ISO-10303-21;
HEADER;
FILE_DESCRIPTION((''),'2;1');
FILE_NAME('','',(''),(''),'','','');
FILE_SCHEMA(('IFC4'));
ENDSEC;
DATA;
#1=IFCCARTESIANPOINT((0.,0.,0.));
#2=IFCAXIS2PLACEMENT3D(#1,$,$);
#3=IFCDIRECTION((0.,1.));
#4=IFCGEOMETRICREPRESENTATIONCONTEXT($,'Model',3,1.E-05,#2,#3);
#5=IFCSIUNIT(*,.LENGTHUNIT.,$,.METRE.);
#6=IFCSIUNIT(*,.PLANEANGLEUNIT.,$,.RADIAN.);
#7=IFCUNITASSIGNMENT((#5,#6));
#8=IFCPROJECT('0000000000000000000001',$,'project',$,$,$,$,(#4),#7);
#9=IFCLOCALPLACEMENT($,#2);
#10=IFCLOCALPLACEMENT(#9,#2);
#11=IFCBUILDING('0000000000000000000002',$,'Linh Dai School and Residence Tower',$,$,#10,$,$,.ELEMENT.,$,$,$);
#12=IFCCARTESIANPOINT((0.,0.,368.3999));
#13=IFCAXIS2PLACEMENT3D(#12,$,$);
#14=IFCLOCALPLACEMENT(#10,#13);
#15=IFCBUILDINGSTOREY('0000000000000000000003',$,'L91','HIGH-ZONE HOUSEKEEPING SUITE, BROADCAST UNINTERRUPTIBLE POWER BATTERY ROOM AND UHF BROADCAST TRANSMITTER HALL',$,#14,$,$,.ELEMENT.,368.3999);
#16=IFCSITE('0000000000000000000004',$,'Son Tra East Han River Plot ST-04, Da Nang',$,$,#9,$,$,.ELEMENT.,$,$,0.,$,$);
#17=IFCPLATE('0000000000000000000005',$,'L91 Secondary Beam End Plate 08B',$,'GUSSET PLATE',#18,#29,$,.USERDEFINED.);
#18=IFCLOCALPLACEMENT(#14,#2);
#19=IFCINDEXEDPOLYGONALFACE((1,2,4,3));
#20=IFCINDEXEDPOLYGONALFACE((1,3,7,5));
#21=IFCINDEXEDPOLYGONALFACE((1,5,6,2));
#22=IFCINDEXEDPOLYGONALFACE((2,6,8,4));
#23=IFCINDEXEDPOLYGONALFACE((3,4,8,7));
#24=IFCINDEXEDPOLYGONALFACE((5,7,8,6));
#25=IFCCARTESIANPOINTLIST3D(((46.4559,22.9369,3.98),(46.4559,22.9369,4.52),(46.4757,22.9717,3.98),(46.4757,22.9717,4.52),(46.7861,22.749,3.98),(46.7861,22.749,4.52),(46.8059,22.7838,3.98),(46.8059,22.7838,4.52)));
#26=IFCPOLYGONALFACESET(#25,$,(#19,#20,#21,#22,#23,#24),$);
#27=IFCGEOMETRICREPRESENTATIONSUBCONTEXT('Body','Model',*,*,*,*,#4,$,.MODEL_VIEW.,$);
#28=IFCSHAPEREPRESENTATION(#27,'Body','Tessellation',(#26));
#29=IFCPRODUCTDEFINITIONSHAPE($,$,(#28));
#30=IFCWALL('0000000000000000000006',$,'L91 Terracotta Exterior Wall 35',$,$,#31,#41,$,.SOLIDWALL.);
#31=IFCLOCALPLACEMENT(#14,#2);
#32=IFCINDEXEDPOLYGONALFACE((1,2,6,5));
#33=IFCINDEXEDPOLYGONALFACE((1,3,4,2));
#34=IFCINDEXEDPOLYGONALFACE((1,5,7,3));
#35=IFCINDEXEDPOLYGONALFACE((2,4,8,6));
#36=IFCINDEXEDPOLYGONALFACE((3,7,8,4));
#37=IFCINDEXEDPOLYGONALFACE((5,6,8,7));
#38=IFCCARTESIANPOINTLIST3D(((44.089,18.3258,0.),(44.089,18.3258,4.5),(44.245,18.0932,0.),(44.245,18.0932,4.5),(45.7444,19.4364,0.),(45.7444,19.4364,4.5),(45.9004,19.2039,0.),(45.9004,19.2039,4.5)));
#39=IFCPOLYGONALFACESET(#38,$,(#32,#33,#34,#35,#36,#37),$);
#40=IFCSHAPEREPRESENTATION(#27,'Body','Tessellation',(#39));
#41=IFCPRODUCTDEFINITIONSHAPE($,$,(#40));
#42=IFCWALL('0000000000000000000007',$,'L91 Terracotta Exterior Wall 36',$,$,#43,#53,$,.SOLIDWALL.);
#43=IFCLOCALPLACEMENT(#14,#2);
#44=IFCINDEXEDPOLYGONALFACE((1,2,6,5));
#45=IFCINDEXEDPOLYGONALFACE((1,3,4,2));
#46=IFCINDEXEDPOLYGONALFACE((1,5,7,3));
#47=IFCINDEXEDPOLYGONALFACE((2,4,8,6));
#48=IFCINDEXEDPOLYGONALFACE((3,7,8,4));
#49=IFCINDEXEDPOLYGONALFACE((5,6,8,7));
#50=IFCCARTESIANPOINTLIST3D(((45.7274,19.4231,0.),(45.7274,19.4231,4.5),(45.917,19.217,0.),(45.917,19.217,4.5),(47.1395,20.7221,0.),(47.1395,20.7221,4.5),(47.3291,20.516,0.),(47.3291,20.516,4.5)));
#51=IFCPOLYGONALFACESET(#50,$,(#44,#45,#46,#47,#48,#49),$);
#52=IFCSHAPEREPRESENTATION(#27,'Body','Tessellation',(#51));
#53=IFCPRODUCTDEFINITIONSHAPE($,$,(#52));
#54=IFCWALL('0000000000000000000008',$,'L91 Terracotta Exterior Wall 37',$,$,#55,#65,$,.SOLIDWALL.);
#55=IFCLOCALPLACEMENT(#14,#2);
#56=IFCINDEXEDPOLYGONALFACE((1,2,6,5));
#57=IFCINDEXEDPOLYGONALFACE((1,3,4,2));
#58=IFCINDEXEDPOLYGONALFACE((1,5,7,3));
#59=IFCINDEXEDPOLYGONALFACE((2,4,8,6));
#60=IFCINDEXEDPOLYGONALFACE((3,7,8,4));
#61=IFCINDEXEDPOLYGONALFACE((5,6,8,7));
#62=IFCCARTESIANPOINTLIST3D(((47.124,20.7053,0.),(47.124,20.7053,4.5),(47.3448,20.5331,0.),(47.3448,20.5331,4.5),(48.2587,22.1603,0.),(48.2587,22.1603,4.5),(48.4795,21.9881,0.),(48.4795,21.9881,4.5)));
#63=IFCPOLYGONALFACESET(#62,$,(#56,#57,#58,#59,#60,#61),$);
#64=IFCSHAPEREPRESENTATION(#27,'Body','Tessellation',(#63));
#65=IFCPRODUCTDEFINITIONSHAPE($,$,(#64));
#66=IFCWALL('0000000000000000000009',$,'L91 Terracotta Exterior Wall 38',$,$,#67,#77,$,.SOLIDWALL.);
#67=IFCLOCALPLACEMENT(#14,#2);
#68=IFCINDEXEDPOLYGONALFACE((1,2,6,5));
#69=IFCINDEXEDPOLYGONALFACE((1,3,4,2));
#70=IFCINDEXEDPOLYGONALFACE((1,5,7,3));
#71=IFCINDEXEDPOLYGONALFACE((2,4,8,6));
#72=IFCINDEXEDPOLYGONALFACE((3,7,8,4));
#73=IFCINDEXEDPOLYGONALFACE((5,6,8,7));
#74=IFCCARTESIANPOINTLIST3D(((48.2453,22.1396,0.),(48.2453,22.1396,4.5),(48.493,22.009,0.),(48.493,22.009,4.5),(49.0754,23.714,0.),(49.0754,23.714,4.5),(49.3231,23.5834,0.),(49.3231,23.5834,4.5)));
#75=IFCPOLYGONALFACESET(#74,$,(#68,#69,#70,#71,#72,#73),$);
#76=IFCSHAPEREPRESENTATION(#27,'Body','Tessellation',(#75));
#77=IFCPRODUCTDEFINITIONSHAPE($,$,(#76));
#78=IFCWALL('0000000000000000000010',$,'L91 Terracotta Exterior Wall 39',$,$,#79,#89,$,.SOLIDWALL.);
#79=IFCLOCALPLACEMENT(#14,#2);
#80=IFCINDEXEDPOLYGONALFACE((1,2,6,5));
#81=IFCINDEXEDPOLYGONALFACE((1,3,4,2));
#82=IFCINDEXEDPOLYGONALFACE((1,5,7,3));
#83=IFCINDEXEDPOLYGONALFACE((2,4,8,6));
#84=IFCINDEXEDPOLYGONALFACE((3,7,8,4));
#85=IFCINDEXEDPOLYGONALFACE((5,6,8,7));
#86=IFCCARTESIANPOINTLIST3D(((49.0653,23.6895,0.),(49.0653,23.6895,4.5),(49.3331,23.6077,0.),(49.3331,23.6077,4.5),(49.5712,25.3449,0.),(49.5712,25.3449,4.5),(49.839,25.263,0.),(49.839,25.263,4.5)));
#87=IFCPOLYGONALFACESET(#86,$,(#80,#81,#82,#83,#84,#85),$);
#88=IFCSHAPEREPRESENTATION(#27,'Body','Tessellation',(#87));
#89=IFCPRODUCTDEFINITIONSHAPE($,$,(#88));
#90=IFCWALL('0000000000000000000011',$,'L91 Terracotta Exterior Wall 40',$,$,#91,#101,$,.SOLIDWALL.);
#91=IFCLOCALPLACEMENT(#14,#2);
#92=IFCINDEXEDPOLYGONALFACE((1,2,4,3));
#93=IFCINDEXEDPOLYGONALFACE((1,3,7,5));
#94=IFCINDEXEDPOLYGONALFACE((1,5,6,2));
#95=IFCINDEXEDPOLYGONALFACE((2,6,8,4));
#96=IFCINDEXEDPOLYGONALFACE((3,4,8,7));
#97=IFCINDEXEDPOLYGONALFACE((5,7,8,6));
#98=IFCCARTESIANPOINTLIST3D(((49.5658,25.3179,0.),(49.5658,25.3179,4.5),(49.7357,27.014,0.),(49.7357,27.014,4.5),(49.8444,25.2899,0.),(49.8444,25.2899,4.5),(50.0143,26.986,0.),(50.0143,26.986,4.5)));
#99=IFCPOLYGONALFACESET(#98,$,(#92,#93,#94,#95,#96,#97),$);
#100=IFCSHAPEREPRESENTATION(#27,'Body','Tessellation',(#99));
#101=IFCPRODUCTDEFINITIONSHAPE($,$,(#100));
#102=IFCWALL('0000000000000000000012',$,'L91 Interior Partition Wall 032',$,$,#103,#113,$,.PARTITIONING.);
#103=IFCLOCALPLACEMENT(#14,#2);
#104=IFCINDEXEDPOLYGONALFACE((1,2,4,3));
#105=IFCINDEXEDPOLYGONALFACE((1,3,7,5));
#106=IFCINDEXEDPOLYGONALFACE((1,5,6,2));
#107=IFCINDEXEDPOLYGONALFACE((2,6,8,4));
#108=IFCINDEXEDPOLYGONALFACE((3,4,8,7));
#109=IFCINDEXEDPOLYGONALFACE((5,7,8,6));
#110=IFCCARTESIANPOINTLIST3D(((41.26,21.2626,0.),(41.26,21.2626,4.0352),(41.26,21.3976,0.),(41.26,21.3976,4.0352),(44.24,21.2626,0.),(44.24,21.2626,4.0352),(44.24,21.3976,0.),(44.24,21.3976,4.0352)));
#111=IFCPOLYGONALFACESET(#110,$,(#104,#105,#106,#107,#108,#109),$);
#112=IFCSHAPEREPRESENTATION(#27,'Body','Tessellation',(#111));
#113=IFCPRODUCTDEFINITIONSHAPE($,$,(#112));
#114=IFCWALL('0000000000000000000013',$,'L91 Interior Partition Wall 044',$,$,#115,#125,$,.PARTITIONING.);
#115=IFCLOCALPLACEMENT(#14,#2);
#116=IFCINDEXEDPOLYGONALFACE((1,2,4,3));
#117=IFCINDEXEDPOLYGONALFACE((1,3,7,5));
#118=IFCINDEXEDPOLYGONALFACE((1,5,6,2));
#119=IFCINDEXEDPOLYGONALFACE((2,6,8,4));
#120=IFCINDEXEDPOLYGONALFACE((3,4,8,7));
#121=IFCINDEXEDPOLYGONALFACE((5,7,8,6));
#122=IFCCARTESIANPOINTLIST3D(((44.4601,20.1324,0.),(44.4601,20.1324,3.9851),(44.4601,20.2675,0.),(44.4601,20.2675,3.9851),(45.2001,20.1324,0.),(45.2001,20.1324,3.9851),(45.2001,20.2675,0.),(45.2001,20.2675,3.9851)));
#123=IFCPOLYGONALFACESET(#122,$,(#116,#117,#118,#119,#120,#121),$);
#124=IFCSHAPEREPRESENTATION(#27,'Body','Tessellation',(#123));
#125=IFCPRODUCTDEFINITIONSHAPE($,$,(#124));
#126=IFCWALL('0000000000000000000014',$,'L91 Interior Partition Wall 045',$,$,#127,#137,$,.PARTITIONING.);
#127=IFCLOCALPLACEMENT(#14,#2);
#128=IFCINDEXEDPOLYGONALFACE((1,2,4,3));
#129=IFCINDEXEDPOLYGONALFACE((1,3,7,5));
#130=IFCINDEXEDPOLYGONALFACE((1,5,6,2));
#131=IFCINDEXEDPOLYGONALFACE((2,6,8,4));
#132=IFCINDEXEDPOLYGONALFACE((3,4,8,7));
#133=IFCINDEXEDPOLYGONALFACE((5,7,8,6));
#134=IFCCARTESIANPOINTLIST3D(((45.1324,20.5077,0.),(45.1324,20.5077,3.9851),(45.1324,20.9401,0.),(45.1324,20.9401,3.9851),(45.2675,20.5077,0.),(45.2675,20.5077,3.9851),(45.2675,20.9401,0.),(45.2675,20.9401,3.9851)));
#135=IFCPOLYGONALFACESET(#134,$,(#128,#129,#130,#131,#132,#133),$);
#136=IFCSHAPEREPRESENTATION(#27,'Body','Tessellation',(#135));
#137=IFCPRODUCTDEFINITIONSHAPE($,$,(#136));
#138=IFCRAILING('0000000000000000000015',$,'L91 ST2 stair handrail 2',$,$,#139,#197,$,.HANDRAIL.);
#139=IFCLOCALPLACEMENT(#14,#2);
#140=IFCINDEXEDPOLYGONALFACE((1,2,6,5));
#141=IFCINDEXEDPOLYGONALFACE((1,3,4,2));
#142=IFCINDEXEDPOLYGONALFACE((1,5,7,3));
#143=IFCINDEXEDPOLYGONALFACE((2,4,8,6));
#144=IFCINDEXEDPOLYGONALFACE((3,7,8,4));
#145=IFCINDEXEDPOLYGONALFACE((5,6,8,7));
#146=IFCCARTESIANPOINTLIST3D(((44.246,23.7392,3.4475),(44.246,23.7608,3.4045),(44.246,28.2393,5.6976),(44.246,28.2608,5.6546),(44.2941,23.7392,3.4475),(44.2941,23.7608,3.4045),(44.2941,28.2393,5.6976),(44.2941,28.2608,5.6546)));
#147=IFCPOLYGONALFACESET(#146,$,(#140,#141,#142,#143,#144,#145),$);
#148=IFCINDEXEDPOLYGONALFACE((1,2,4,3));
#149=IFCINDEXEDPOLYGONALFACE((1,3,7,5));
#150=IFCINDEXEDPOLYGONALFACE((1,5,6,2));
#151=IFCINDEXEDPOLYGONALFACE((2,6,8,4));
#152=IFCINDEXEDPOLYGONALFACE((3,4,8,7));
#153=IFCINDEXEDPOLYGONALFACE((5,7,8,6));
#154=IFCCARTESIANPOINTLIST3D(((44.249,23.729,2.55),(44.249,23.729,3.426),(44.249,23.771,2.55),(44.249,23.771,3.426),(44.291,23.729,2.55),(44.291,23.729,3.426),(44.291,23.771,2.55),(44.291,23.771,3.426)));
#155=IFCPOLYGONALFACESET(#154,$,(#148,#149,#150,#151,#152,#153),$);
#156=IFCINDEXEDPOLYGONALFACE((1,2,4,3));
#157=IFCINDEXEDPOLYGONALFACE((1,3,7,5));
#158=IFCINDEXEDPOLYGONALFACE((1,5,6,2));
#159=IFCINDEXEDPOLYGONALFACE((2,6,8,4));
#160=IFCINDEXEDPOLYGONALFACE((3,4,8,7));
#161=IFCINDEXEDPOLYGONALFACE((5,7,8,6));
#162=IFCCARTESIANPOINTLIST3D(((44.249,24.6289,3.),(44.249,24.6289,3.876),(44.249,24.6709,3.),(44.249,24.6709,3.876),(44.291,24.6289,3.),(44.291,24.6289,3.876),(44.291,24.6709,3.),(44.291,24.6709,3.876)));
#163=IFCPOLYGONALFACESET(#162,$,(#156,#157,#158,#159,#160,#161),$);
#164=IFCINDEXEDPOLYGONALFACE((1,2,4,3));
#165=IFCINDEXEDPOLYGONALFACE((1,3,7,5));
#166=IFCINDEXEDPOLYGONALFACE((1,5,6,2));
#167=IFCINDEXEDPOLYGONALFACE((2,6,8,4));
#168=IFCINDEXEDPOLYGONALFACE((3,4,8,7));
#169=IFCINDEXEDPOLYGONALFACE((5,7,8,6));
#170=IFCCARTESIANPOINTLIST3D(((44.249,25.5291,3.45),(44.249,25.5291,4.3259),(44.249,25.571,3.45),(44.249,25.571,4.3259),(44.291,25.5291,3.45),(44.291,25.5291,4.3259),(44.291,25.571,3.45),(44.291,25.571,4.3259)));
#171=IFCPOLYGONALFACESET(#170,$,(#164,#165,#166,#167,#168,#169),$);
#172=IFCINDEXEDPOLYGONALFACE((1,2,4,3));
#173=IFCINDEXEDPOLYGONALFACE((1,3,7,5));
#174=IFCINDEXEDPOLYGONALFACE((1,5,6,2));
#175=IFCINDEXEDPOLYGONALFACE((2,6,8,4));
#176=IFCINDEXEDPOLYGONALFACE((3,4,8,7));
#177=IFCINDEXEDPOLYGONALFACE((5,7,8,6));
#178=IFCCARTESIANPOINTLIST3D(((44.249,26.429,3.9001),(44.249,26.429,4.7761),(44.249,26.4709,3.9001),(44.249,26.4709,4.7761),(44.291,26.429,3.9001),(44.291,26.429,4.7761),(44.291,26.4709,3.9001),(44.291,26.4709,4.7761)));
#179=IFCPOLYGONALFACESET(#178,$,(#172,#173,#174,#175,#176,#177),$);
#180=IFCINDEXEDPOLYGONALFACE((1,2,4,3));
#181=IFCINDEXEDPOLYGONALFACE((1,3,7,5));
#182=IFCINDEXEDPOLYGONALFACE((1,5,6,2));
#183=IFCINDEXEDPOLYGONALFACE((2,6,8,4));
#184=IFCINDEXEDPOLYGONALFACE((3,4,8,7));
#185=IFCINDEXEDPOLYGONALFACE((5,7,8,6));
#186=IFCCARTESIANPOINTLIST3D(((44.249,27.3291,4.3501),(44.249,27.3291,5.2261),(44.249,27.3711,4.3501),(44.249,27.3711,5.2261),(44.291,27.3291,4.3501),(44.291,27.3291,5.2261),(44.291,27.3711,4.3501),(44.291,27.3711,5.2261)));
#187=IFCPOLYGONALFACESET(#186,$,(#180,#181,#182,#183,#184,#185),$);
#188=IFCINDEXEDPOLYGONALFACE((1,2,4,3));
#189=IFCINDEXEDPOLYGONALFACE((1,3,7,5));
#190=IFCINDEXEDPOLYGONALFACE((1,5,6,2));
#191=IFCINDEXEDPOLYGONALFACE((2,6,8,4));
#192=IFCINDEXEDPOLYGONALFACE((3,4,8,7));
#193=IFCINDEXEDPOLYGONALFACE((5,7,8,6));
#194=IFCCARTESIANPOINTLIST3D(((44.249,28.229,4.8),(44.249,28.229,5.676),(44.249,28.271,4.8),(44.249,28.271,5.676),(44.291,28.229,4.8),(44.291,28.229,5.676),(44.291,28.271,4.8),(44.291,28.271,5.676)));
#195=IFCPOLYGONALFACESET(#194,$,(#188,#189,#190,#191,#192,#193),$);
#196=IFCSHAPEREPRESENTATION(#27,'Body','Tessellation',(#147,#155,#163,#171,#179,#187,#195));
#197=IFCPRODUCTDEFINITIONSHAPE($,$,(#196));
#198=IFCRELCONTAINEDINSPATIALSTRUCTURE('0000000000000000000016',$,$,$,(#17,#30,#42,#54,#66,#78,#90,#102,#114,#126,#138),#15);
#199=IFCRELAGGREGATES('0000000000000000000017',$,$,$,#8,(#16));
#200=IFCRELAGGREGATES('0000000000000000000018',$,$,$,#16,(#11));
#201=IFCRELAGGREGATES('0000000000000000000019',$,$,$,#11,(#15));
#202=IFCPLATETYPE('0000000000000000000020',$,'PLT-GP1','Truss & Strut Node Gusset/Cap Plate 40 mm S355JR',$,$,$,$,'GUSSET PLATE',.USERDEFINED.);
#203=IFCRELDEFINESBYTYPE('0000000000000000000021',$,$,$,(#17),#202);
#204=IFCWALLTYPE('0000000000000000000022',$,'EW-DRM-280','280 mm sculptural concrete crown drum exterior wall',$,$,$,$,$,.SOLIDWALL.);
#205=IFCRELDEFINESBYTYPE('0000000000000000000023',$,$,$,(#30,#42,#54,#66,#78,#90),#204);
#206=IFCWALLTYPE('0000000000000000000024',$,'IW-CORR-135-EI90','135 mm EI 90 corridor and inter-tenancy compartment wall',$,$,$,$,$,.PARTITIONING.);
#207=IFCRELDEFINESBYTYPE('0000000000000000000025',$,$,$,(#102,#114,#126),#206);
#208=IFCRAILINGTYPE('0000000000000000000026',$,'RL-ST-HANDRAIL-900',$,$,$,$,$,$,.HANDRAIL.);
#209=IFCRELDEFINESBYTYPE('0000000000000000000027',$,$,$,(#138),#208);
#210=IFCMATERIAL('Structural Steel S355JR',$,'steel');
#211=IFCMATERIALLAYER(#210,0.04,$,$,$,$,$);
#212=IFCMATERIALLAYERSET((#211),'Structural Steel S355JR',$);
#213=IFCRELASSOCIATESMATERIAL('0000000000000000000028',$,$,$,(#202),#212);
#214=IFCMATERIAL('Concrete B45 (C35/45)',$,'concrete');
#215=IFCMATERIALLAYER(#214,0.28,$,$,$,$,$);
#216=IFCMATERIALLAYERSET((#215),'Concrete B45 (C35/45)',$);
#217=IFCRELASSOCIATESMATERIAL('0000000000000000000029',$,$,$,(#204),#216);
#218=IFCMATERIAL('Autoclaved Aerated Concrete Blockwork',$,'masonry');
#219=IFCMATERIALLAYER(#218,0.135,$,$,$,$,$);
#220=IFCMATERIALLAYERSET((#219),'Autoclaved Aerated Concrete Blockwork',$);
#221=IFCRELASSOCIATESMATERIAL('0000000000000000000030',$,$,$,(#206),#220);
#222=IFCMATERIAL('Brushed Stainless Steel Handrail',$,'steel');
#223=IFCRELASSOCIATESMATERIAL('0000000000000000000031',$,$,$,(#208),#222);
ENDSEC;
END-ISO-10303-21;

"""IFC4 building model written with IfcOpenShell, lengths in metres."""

from ifc_helpers import new_model, si_unit, direction, frame, frame_2d, origin, origin_2d, place, context, subcontext, project, spatial, rectangle, extrude, source, transform, mapped, material, layer, layer_set, type_object, element, save


model = new_model("IFC4")

# Units and contexts
model_context = context("Model", 3, precision=1e-05, world=origin(), true_north=direction((0.0, 1.0)))
body_context = subcontext(model_context, "Body", "Model", "MODEL_VIEW")
ifc_project = project(units=[si_unit("LENGTHUNIT", "METRE"), si_unit("PLANEANGLEUNIT", "RADIAN")], contexts=[model_context])

# Site, building, storey
site_placement = place(None, origin())
site = spatial("IfcSite", under=ifc_project, at=site_placement, Name="Son Tra East Han River Plot ST-04, Da Nang", CompositionType="ELEMENT", RefElevation=0.0)
building_placement = place(site_placement, origin())
building = spatial("IfcBuilding", under=site, at=building_placement, Name="Linh Dai School and Residence Tower", CompositionType="ELEMENT")
storey_placement = place(building_placement, frame((0.0, 0.0, 368.3999)))
storey = spatial("IfcBuildingStorey", under=building, at=storey_placement, Name="L91", Description="HIGH-ZONE HOUSEKEEPING SUITE, BROADCAST UNINTERRUPTIBLE POWER BATTERY ROOM AND UHF BROADCAST TRANSMITTER HALL", CompositionType="ELEMENT", Elevation=368.3999)

# Shared definitions
ifc_material_1 = material(Name="Concrete B45 (C35/45)", Category="concrete")
ifc_material_2 = material(Name="Structural Steel S355JR", Category="steel")

# Plate
ifc_layer_1 = layer(ifc_material_2, 0.04)
ifc_layer_set_1 = layer_set([ifc_layer_1], Name="Structural Steel S355JR")
plate_type = type_object("IfcPlateType", Name="PLT-GP1", Description="Truss & Strut Node Gusset/Cap Plate 40 mm S355JR", ElementType="GUSSET PLATE", PredefinedType="USERDEFINED", material=ifc_layer_set_1)
shared_shape_1 = source(origin(), body_context, "Body", "SweptSolid", [
    extrude(rectangle(XDim=0.04, YDim=0.3799, at=origin_2d()), origin(), (0.0, 0.0, 1.0), 0.54),
])
for number, where, z_axis, x_axis, name in (
    (1, (46.6309, 22.8604, 3.98), (0.0, 0.0, 1.0), (0.494418, 0.869224, 0.0), "L91 Secondary Beam End Plate 08B"),
):
    element("IfcPlate", number, at=place(storey_placement, frame(where, z_axis=z_axis, x_axis=x_axis)), inside=storey, type_object=plate_type, Name=name, ObjectType="GUSSET PLATE", PredefinedType="USERDEFINED", context=body_context, shape_type="MappedRepresentation", body=[
        mapped(shared_shape_1, transform((0.0, 0.0, 0.0), x_axis=(1.0, 0.0, 0.0), y_axis=(0.0, 1.0, 0.0), z_axis=(0.0, 0.0, 1.0), scale=1.0)),
    ])

# Walls
ifc_layer_2 = layer(ifc_material_1, 0.28)
ifc_layer_set_2 = layer_set([ifc_layer_2], Name="Concrete B45 (C35/45)")
wall_type_1 = type_object("IfcWallType", Name="EW-DRM-280", Description="280 mm sculptural concrete crown drum exterior wall", PredefinedType="SOLIDWALL", material=ifc_layer_set_2)
wall_1_placement = place(storey_placement, frame((45.8223, 19.3201, 0.0), z_axis=(0.0, 0.0, 1.0), x_axis=(-0.830407, -0.557157, 0.0)))
element("IfcWall", 2, at=wall_1_placement, inside=storey, type_object=wall_type_1, Name="L91 Terracotta Exterior Wall 35", PredefinedType="SOLIDWALL", context=body_context, shape_type="SweptSolid", body=[
    extrude(rectangle(XDim=1.9934, YDim=0.28, at=frame_2d((0.9966, 0.0))), origin(), (0.0, 0.0, 1.0), 4.5),
])
wall_2_placement = place(storey_placement, frame((47.2344, 20.6191, 0.0), z_axis=(0.0, 0.0, 1.0), x_axis=(-0.735949, -0.677037, 0.0)))
element("IfcWall", 3, at=wall_2_placement, inside=storey, type_object=wall_type_1, Name="L91 Terracotta Exterior Wall 36", PredefinedType="SOLIDWALL", context=body_context, shape_type="SweptSolid", body=[
    extrude(rectangle(XDim=1.9187, YDim=0.28, at=frame_2d((0.9595, 0.0))), origin(), (0.0, 0.0, 1.0), 4.5),
])
wall_3_placement = place(storey_placement, frame((48.3691, 22.0742, 0.0), z_axis=(0.0, 0.0, 1.0), x_axis=(-0.614966, -0.788554, 0.0)))
element("IfcWall", 4, at=wall_3_placement, inside=storey, type_object=wall_type_1, Name="L91 Terracotta Exterior Wall 37", PredefinedType="SOLIDWALL", context=body_context, shape_type="SweptSolid", body=[
    extrude(rectangle(XDim=1.8452, YDim=0.28, at=frame_2d((0.9226, 0.0))), origin(), (0.0, 0.0, 1.0), 4.5),
])
wall_4_placement = place(storey_placement, frame((49.1992, 23.6487, 0.0), z_axis=(0.0, 0.0, 1.0), x_axis=(-0.466368, -0.884591, 0.0)))
element("IfcWall", 5, at=wall_4_placement, inside=storey, type_object=wall_type_1, Name="L91 Terracotta Exterior Wall 38", PredefinedType="SOLIDWALL", context=body_context, shape_type="SweptSolid", body=[
    extrude(rectangle(XDim=1.7798, YDim=0.28, at=frame_2d((0.8899, 0.0))), origin(), (0.0, 0.0, 1.0), 4.5),
])
wall_5_placement = place(storey_placement, frame((49.7051, 25.304, 0.0), z_axis=(0.0, 0.0, 1.0), x_axis=(-0.292262, -0.956338, 0.0)))
element("IfcWall", 6, at=wall_5_placement, inside=storey, type_object=wall_type_1, Name="L91 Terracotta Exterior Wall 39", PredefinedType="SOLIDWALL", context=body_context, shape_type="SweptSolid", body=[
    extrude(rectangle(XDim=1.731, YDim=0.28, at=frame_2d((0.8655, 0.0))), origin(), (0.0, 0.0, 1.0), 4.5),
])
wall_6_placement = place(storey_placement, frame((49.875, 27.0, 0.0), z_axis=(0.0, 0.0, 1.0), x_axis=(-0.099688, -0.995019, 0.0)))
element("IfcWall", 7, at=wall_6_placement, inside=storey, type_object=wall_type_1, Name="L91 Terracotta Exterior Wall 40", PredefinedType="SOLIDWALL", context=body_context, shape_type="SweptSolid", body=[
    extrude(rectangle(XDim=1.7046, YDim=0.28, at=frame_2d((0.8523, 0.0))), origin(), (0.0, 0.0, 1.0), 4.5),
])
ifc_material_3 = material(Name="Autoclaved Aerated Concrete Blockwork", Category="masonry")
ifc_layer_3 = layer(ifc_material_3, 0.135)
ifc_layer_set_3 = layer_set([ifc_layer_3], Name="Autoclaved Aerated Concrete Blockwork")
wall_type_2 = type_object("IfcWallType", Name="IW-CORR-135-EI90", Description="135 mm EI 90 corridor and inter-tenancy compartment wall", PredefinedType="PARTITIONING", material=ifc_layer_set_3)
wall_7_placement = place(storey_placement, frame((44.24, 21.3301, 0.0), z_axis=(0.0, 0.0, 1.0), x_axis=(-1.0, 0.0, 0.0)))
element("IfcWall", 8, at=wall_7_placement, inside=storey, type_object=wall_type_2, Name="L91 Interior Partition Wall 032", PredefinedType="PARTITIONING", context=body_context, shape_type="SweptSolid", body=[
    extrude(rectangle(XDim=2.98, YDim=0.135, at=frame_2d((1.49, 0.0))), origin(), (0.0, 0.0, 1.0), 4.0352),
])
wall_8_placement = place(storey_placement, frame((44.46, 20.2, 0.0), z_axis=(0.0, 0.0, 1.0), x_axis=(1.0, 0.0, 0.0)))
element("IfcWall", 9, at=wall_8_placement, inside=storey, type_object=wall_type_2, Name="L91 Interior Partition Wall 044", PredefinedType="PARTITIONING", context=body_context, shape_type="SweptSolid", body=[
    extrude(rectangle(XDim=0.74, YDim=0.135, at=frame_2d((0.3701, 0.0))), origin(), (0.0, 0.0, 1.0), 3.9851),
])
wall_9_placement = place(storey_placement, frame((45.2, 20.5076, 0.0), z_axis=(0.0, 0.0, 1.0), x_axis=(0.0, 1.0, 0.0)))
element("IfcWall", 10, at=wall_9_placement, inside=storey, type_object=wall_type_2, Name="L91 Interior Partition Wall 045", PredefinedType="PARTITIONING", context=body_context, shape_type="SweptSolid", body=[
    extrude(rectangle(XDim=0.4324, YDim=0.135, at=frame_2d((0.2163, 0.0))), origin(), (0.0, 0.0, 1.0), 3.9851),
])

# Railing
ifc_material_4 = material(Name="Brushed Stainless Steel Handrail", Category="steel")
railing_type_1 = type_object("IfcRailingType", Name="RL-ST-HANDRAIL-900", PredefinedType="HANDRAIL", material=ifc_material_4)
shared_shape_2 = source(origin(), body_context, "Body", "SweptSolid", [
    extrude(rectangle(XDim=0.0481, YDim=0.0481, at=origin_2d()), frame((0.0, 0.0, 0.876), z_axis=(0.0, 0.894427, 0.447214), x_axis=(-1.0, 0.0, 0.0)), (0.0, 0.0, 1.0), 5.0312),
    extrude(rectangle(XDim=0.042, YDim=0.042, at=origin_2d()), origin(), (0.0, 0.0, 1.0), 0.876),
    extrude(rectangle(XDim=0.042, YDim=0.042, at=origin_2d()), frame((0.0, 0.8999, 0.45)), (0.0, 0.0, 1.0), 0.876),
    extrude(rectangle(XDim=0.042, YDim=0.042, at=origin_2d()), frame((0.0, 1.8, 0.8999)), (0.0, 0.0, 1.0), 0.876),
    extrude(rectangle(XDim=0.042, YDim=0.042, at=origin_2d()), frame((0.0, 2.7, 1.3501)), (0.0, 0.0, 1.0), 0.876),
    extrude(rectangle(XDim=0.042, YDim=0.042, at=origin_2d()), frame((0.0, 3.6001, 1.8)), (0.0, 0.0, 1.0), 0.876),
    extrude(rectangle(XDim=0.042, YDim=0.042, at=origin_2d()), frame((0.0, 4.5, 2.25)), (0.0, 0.0, 1.0), 0.876),
])
railing_1_placement = place(storey_placement, frame((44.27, 23.75, 2.55)))
element("IfcRailing", 11, at=railing_1_placement, inside=storey, type_object=railing_type_1, Name="L91 ST2 stair handrail 2", PredefinedType="HANDRAIL", context=body_context, shape_type="MappedRepresentation", body=[
    mapped(shared_shape_2, transform((0.0, 0.0, 0.0), x_axis=(1.0, 0.0, 0.0), y_axis=(0.0, 1.0, 0.0), z_axis=(0.0, 0.0, 1.0), scale=1.0)),
])

save(model, "model.ifc")
